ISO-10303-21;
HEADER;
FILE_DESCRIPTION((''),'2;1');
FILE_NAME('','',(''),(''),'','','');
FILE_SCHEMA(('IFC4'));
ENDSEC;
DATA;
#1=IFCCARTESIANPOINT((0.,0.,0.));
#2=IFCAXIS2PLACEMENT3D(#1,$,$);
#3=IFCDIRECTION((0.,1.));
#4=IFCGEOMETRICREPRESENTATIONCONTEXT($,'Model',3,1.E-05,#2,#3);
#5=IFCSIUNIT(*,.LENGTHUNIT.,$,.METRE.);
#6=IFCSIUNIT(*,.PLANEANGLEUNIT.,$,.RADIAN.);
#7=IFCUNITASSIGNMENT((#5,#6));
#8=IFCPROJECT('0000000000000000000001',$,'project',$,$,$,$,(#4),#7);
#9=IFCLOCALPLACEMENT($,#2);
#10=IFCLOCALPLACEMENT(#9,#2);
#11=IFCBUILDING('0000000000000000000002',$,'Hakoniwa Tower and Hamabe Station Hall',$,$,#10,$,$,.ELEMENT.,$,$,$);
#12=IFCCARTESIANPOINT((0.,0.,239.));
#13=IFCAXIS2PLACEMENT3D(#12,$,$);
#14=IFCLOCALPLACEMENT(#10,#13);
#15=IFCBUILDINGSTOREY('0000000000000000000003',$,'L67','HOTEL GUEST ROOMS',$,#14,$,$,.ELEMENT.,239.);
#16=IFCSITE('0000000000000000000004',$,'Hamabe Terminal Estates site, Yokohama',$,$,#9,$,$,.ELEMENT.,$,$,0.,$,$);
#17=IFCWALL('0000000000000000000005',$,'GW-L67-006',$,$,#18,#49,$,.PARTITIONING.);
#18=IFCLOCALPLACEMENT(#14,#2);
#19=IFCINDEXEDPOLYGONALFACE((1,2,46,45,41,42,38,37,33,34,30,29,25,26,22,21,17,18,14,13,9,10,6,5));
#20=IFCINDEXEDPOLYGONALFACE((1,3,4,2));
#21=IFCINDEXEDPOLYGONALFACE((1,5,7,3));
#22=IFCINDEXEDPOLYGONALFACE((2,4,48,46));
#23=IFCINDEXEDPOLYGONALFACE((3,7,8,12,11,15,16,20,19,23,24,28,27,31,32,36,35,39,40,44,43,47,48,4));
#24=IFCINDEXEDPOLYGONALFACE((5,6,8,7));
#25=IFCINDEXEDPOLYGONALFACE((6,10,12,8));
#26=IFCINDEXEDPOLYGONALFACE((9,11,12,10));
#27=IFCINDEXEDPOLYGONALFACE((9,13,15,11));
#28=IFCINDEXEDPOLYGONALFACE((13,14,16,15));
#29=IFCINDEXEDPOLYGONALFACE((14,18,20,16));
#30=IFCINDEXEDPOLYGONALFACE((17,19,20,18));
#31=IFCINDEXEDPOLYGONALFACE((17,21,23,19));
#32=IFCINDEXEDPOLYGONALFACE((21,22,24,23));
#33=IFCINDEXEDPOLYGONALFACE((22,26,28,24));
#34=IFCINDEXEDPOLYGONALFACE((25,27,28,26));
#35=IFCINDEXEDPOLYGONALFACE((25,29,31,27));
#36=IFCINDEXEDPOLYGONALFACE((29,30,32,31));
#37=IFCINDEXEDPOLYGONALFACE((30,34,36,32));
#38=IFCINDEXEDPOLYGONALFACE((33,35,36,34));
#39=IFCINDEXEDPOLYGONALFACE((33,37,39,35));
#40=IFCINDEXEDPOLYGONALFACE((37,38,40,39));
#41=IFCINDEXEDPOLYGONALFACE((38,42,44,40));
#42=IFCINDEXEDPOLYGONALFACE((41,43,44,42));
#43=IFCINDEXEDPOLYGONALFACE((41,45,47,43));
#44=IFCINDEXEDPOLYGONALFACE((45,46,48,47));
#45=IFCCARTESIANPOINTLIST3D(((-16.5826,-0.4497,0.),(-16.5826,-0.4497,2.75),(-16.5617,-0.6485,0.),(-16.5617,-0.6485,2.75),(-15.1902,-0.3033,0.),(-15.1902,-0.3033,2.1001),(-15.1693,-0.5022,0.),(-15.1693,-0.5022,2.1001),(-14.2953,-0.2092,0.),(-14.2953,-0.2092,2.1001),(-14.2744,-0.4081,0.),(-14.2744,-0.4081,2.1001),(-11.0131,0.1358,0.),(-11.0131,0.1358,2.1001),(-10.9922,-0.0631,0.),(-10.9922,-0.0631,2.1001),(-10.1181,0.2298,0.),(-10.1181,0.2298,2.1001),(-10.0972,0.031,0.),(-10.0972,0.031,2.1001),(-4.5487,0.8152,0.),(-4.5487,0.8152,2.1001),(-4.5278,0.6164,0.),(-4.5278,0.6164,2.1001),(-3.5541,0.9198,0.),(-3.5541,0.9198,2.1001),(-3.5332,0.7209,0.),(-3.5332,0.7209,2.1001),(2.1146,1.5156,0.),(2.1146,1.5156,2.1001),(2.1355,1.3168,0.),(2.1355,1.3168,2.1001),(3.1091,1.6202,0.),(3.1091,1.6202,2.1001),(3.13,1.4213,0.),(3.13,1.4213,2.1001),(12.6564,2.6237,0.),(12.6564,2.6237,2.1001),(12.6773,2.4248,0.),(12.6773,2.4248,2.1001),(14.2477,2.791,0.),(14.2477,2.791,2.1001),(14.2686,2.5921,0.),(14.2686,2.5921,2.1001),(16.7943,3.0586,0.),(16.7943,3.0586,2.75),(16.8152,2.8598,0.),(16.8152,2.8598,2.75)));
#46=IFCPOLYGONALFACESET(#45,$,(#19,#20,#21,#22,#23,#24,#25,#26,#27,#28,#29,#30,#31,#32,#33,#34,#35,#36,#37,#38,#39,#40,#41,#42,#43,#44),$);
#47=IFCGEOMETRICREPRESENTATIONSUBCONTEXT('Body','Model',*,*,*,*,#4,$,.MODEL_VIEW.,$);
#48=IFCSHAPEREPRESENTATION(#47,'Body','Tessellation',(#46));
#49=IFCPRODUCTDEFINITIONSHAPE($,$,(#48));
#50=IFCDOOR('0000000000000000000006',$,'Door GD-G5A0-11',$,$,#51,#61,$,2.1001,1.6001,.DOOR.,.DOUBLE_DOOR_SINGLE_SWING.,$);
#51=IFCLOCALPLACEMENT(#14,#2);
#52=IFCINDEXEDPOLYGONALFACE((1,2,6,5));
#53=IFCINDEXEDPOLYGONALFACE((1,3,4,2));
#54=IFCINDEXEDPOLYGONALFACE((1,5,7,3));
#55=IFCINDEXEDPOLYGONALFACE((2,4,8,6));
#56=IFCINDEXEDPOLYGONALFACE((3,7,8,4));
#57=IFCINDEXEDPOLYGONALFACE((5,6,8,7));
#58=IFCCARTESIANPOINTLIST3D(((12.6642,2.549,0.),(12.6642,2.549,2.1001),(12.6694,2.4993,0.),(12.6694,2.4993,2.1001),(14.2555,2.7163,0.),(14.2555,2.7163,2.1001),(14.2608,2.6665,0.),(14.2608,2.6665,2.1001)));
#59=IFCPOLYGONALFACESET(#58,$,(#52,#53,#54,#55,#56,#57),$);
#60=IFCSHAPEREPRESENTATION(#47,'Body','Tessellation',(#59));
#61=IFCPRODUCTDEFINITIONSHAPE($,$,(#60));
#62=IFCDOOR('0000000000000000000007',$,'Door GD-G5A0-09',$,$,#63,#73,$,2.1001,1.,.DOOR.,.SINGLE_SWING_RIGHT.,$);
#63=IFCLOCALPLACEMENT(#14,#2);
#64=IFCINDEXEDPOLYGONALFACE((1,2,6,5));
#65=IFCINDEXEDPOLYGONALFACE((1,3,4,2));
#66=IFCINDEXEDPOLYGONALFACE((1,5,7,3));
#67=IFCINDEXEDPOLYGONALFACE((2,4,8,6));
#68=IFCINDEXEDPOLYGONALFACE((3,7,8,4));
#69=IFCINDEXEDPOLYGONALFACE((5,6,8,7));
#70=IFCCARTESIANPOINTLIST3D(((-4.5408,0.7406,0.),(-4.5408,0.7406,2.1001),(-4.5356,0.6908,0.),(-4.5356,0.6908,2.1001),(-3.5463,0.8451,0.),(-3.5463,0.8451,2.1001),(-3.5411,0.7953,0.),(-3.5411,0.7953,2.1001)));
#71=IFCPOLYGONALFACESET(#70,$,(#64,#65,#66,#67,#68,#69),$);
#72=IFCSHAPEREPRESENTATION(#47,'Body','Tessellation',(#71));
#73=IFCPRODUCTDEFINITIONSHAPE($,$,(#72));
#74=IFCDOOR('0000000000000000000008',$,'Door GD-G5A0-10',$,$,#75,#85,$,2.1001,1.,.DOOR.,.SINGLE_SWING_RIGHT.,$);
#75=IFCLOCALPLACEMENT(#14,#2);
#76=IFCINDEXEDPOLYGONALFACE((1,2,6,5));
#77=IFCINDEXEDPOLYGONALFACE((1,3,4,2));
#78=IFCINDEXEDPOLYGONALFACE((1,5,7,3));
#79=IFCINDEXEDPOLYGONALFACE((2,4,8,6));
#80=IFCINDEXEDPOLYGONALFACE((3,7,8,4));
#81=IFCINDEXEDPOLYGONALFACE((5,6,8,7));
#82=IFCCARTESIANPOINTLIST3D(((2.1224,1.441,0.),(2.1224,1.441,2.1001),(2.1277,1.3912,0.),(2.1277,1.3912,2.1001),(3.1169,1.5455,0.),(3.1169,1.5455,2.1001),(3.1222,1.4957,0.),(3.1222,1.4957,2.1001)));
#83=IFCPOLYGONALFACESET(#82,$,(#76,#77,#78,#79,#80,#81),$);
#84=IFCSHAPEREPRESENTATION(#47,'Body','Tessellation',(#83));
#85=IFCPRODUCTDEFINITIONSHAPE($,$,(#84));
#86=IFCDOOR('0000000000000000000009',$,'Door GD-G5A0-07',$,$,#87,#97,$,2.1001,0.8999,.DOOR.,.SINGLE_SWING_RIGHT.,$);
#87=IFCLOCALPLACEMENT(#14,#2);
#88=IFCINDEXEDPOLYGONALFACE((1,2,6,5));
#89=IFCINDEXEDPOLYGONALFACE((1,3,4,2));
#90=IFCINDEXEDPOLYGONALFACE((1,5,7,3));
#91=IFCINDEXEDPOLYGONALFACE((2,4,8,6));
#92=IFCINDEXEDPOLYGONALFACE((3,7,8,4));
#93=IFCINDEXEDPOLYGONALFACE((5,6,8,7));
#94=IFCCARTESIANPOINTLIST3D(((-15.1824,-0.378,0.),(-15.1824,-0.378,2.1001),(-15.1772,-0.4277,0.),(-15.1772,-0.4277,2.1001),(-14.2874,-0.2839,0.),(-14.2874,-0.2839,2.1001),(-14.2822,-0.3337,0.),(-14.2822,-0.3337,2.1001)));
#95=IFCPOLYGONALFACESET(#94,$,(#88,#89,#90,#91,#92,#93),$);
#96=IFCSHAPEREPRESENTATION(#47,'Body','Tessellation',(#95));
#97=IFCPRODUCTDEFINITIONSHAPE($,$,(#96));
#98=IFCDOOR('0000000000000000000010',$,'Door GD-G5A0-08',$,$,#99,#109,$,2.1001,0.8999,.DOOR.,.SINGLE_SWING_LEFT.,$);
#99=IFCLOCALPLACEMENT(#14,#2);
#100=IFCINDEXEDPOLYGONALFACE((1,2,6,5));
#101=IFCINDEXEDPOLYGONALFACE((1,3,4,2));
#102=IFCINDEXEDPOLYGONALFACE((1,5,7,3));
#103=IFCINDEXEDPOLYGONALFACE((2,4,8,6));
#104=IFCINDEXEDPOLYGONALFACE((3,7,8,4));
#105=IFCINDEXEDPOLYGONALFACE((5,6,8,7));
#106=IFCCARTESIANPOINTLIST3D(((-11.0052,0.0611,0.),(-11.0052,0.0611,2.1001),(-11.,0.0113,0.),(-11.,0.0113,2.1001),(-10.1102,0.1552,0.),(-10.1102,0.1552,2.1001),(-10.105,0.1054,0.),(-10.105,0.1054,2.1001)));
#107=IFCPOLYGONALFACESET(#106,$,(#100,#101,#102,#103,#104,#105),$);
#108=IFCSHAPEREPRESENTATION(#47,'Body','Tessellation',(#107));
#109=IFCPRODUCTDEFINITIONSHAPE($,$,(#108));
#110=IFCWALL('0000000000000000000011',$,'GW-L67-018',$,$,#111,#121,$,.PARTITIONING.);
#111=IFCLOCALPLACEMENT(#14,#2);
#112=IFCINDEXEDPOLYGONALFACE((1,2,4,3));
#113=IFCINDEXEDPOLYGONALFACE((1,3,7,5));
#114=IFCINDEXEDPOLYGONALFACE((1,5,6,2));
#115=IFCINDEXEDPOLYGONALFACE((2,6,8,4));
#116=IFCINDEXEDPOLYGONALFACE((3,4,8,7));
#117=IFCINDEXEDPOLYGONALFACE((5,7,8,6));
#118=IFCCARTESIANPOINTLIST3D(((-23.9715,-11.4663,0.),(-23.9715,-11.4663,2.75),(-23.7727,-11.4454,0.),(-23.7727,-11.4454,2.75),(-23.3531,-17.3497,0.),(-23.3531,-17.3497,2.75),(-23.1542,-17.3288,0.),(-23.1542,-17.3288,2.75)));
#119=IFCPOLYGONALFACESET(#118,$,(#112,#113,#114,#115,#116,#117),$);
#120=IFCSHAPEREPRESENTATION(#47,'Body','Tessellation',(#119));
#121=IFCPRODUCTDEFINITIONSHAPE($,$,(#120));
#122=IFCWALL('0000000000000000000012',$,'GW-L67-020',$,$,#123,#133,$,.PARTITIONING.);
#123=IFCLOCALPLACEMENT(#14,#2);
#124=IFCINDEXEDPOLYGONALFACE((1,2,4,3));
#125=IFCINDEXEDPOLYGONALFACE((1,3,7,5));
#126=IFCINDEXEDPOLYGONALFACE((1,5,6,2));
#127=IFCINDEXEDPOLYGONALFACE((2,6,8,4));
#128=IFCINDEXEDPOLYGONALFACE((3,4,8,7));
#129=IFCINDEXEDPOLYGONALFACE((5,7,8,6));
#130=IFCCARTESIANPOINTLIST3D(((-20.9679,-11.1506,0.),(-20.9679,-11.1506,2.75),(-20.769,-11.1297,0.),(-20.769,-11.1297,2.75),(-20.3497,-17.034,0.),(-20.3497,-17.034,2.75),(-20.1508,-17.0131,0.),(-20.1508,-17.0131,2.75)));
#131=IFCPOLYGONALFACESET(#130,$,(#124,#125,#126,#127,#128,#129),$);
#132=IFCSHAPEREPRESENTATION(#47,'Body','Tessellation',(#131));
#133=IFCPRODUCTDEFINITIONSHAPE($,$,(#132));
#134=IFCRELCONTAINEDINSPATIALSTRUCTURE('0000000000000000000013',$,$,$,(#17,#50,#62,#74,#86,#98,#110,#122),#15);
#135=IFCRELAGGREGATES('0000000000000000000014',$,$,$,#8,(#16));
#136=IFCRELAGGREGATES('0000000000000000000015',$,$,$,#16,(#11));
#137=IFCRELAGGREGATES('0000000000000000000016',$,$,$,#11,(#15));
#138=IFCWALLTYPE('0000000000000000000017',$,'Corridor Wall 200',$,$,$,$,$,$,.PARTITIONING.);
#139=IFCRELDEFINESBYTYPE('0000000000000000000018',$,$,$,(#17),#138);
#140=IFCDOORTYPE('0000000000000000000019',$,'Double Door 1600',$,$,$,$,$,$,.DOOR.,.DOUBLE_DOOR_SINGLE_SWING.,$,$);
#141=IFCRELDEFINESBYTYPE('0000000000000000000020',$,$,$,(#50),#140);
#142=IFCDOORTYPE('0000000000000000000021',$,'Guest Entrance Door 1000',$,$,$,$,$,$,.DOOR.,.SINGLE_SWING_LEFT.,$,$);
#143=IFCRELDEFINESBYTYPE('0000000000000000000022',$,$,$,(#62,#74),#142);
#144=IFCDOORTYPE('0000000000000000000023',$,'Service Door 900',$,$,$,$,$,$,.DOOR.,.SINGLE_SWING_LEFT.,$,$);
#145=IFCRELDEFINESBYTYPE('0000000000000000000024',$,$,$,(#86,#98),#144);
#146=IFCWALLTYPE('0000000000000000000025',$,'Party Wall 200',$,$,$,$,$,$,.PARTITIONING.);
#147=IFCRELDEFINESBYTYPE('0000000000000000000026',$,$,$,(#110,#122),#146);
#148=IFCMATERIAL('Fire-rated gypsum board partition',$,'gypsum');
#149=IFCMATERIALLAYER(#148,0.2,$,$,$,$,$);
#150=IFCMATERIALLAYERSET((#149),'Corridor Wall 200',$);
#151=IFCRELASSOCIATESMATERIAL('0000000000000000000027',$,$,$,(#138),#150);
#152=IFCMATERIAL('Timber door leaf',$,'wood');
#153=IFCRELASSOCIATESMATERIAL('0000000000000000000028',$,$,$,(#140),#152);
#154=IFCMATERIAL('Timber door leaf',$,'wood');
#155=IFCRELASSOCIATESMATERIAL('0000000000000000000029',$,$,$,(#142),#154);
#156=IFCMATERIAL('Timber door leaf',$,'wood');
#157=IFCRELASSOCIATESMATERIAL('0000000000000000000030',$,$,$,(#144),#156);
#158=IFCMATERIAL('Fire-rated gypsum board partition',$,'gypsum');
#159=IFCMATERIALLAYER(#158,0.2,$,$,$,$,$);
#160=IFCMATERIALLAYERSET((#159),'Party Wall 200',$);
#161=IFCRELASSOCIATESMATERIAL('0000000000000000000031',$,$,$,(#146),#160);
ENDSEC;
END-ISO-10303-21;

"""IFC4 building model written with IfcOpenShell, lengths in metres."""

from ifc_helpers import new_model, si_unit, direction, frame, frame_2d, origin, place, context, subcontext, project, spatial, rectangle, extrude, material, layer, layer_set, type_object, element, fill, save


model = new_model("IFC4")

# Units and contexts
model_context = context("Model", 3, precision=1e-05, world=origin(), true_north=direction((0.0, 1.0)))
body_context = subcontext(model_context, "Body", "Model", "MODEL_VIEW")
ifc_project = project(units=[si_unit("LENGTHUNIT", "METRE"), si_unit("PLANEANGLEUNIT", "RADIAN")], contexts=[model_context])

# Site, building, storey
site_placement = place(None, origin())
site = spatial("IfcSite", under=ifc_project, at=site_placement, Name="Hamabe Terminal Estates site, Yokohama", CompositionType="ELEMENT", RefElevation=0.0)
building_placement = place(site_placement, origin())
building = spatial("IfcBuilding", under=site, at=building_placement, Name="Hakoniwa Tower and Hamabe Station Hall", CompositionType="ELEMENT")
storey_placement = place(building_placement, frame((0.0, 0.0, 239.0)))
storey = spatial("IfcBuildingStorey", under=building, at=storey_placement, Name="L67", Description="HOTEL GUEST ROOMS", CompositionType="ELEMENT", Elevation=239.0)

# Wall, openings, doors
ifc_material_1 = material(Name="Fire-rated gypsum board partition", Category="gypsum")
ifc_layer_1 = layer(ifc_material_1, 0.2)
ifc_layer_set_1 = layer_set([ifc_layer_1], Name="Corridor Wall 200")
wall_type_1 = type_object("IfcWallType", Name="Corridor Wall 200", PredefinedType="PARTITIONING", material=ifc_layer_set_1)
wall_1_placement = place(storey_placement, frame((-16.572, -0.5491, 0.0), z_axis=(0.0, 0.0, 1.0), x_axis=(0.994521, 0.104536, 0.0)))
wall_1 = element("IfcWall", 1, at=wall_1_placement, inside=storey, type_object=wall_type_1, Name="GW-L67-006", PredefinedType="PARTITIONING", context=body_context, shape_type="SweptSolid", body=[
    extrude(rectangle(XDim=33.5608, YDim=0.2, at=frame_2d((16.7803, 0.0))), origin(), (0.0, 0.0, 1.0), 2.75),
])
opening_1_placement = place(wall_1_placement, frame((1.3999, 0.0, 0.0)))
opening_1 = element("IfcOpeningElement", 2, at=opening_1_placement, cuts=wall_1, PredefinedType="OPENING", context=body_context, shape_type="SweptSolid", body=[
    extrude(rectangle(XDim=0.8999, YDim=2.1001, at=frame_2d((0.45, 1.05))), frame((0.0, 0.1099, 0.0), z_axis=(0.0, -1.0, 0.0), x_axis=(1.0, 0.0, 0.0)), (0.0, 0.0, 1.0), 0.22),
])
opening_2_placement = place(wall_1_placement, frame((5.6001, 0.0, 0.0)))
opening_2 = element("IfcOpeningElement", 3, at=opening_2_placement, cuts=wall_1, PredefinedType="OPENING", context=body_context, shape_type="SweptSolid", body=[
    extrude(rectangle(XDim=0.8999, YDim=2.1001, at=frame_2d((0.45, 1.05))), frame((0.0, 0.1099, 0.0), z_axis=(0.0, -1.0, 0.0), x_axis=(1.0, 0.0, 0.0)), (0.0, 0.0, 1.0), 0.22),
])
opening_3_placement = place(wall_1_placement, frame((12.1001, 0.0, 0.0)))
opening_3 = element("IfcOpeningElement", 4, at=opening_3_placement, cuts=wall_1, PredefinedType="OPENING", context=body_context, shape_type="SweptSolid", body=[
    extrude(rectangle(XDim=1.0, YDim=2.1001, at=frame_2d((0.5, 1.05))), frame((0.0, 0.1099, 0.0), z_axis=(0.0, -1.0, 0.0), x_axis=(1.0, 0.0, 0.0)), (0.0, 0.0, 1.0), 0.22),
])
opening_4_placement = place(wall_1_placement, frame((18.8, 0.0, 0.0)))
opening_4 = element("IfcOpeningElement", 5, at=opening_4_placement, cuts=wall_1, PredefinedType="OPENING", context=body_context, shape_type="SweptSolid", body=[
    extrude(rectangle(XDim=1.0, YDim=2.1001, at=frame_2d((0.5, 1.05))), frame((0.0, 0.1099, 0.0), z_axis=(0.0, -1.0, 0.0), x_axis=(1.0, 0.0, 0.0)), (0.0, 0.0, 1.0), 0.22),
])
opening_5_placement = place(wall_1_placement, frame((29.3999, 0.0, 0.0)))
opening_5 = element("IfcOpeningElement", 6, at=opening_5_placement, cuts=wall_1, PredefinedType="OPENING", context=body_context, shape_type="SweptSolid", body=[
    extrude(rectangle(XDim=1.6001, YDim=2.1001, at=frame_2d((0.8, 1.05))), frame((0.0, 0.1099, 0.0), z_axis=(0.0, -1.0, 0.0), x_axis=(1.0, 0.0, 0.0)), (0.0, 0.0, 1.0), 0.22),
])
ifc_material_2 = material(Name="Timber door leaf", Category="wood")
door_type_1 = type_object("IfcDoorType", Name="Double Door 1600", OperationType="DOUBLE_DOOR_SINGLE_SWING", PredefinedType="DOOR", material=ifc_material_2)
door_1_placement = place(opening_5_placement, origin())
door_1 = element("IfcDoor", 7, at=door_1_placement, inside=storey, type_object=door_type_1, Name="Door GD-G5A0-11", OperationType="DOUBLE_DOOR_SINGLE_SWING", OverallHeight=2.1001, OverallWidth=1.6001, PredefinedType="DOOR", context=body_context, shape_type="SweptSolid", body=[
    extrude(rectangle(XDim=1.6001, YDim=2.1001, at=frame_2d((0.8, 1.05))), frame((0.0, 0.0249, 0.0), z_axis=(0.0, -1.0, 0.0), x_axis=(1.0, 0.0, 0.0)), (0.0, 0.0, 1.0), 0.05),
])
fill(opening_5, door_1)
ifc_material_3 = material(Name="Timber door leaf", Category="wood")
door_type_2 = type_object("IfcDoorType", Name="Guest Entrance Door 1000", OperationType="SINGLE_SWING_LEFT", PredefinedType="DOOR", material=ifc_material_3)
door_2_placement = place(opening_3_placement, origin())
door_2 = element("IfcDoor", 8, at=door_2_placement, inside=storey, type_object=door_type_2, Name="Door GD-G5A0-09", OperationType="SINGLE_SWING_RIGHT", OverallHeight=2.1001, OverallWidth=1.0, PredefinedType="DOOR", context=body_context, shape_type="SweptSolid", body=[
    extrude(rectangle(XDim=1.0, YDim=2.1001, at=frame_2d((0.5, 1.05))), frame((0.0, 0.0249, 0.0), z_axis=(0.0, -1.0, 0.0), x_axis=(1.0, 0.0, 0.0)), (0.0, 0.0, 1.0), 0.05),
])
fill(opening_3, door_2)
door_3_placement = place(opening_4_placement, origin())
door_3 = element("IfcDoor", 9, at=door_3_placement, inside=storey, type_object=door_type_2, Name="Door GD-G5A0-10", OperationType="SINGLE_SWING_RIGHT", OverallHeight=2.1001, OverallWidth=1.0, PredefinedType="DOOR", context=body_context, shape_type="SweptSolid", body=[
    extrude(rectangle(XDim=1.0, YDim=2.1001, at=frame_2d((0.5, 1.05))), frame((0.0, 0.0249, 0.0), z_axis=(0.0, -1.0, 0.0), x_axis=(1.0, 0.0, 0.0)), (0.0, 0.0, 1.0), 0.05),
])
fill(opening_4, door_3)
ifc_material_4 = material(Name="Timber door leaf", Category="wood")
door_type_3 = type_object("IfcDoorType", Name="Service Door 900", OperationType="SINGLE_SWING_LEFT", PredefinedType="DOOR", material=ifc_material_4)
door_4_placement = place(opening_1_placement, origin())
door_4 = element("IfcDoor", 10, at=door_4_placement, inside=storey, type_object=door_type_3, Name="Door GD-G5A0-07", OperationType="SINGLE_SWING_RIGHT", OverallHeight=2.1001, OverallWidth=0.8999, PredefinedType="DOOR", context=body_context, shape_type="SweptSolid", body=[
    extrude(rectangle(XDim=0.8999, YDim=2.1001, at=frame_2d((0.45, 1.05))), frame((0.0, 0.0249, 0.0), z_axis=(0.0, -1.0, 0.0), x_axis=(1.0, 0.0, 0.0)), (0.0, 0.0, 1.0), 0.05),
])
fill(opening_1, door_4)
door_5_placement = place(opening_2_placement, origin())
door_5 = element("IfcDoor", 11, at=door_5_placement, inside=storey, type_object=door_type_3, Name="Door GD-G5A0-08", OperationType="SINGLE_SWING_LEFT", OverallHeight=2.1001, OverallWidth=0.8999, PredefinedType="DOOR", context=body_context, shape_type="SweptSolid", body=[
    extrude(rectangle(XDim=0.8999, YDim=2.1001, at=frame_2d((0.45, 1.05))), frame((0.0, 0.0249, 0.0), z_axis=(0.0, -1.0, 0.0), x_axis=(1.0, 0.0, 0.0)), (0.0, 0.0, 1.0), 0.05),
])
fill(opening_2, door_5)

# Walls
ifc_material_5 = material(Name="Fire-rated gypsum board partition", Category="gypsum")
ifc_layer_2 = layer(ifc_material_5, 0.2)
ifc_layer_set_2 = layer_set([ifc_layer_2], Name="Party Wall 200")
wall_type_2 = type_object("IfcWallType", Name="Party Wall 200", PredefinedType="PARTITIONING", material=ifc_layer_set_2)
for number, where, z_axis, x_axis, name in (
    (12, (-23.2537, -17.3394, 0.0), (0.0, 0.0, 1.0), (-0.104537, 0.994521, 0.0), "GW-L67-018"),
    (13, (-20.2502, -17.0237, 0.0), (0.0, 0.0, 1.0), (-0.104496, 0.994525, 0.0), "GW-L67-020"),
):
    element("IfcWall", number, at=place(storey_placement, frame(where, z_axis=z_axis, x_axis=x_axis)), inside=storey, type_object=wall_type_2, Name=name, PredefinedType="PARTITIONING", context=body_context, shape_type="SweptSolid", body=[
        extrude(rectangle(XDim=5.9158, YDim=0.2, at=frame_2d((2.958, 0.0))), origin(), (0.0, 0.0, 1.0), 2.75),
    ])

save(model, "model.ifc")
